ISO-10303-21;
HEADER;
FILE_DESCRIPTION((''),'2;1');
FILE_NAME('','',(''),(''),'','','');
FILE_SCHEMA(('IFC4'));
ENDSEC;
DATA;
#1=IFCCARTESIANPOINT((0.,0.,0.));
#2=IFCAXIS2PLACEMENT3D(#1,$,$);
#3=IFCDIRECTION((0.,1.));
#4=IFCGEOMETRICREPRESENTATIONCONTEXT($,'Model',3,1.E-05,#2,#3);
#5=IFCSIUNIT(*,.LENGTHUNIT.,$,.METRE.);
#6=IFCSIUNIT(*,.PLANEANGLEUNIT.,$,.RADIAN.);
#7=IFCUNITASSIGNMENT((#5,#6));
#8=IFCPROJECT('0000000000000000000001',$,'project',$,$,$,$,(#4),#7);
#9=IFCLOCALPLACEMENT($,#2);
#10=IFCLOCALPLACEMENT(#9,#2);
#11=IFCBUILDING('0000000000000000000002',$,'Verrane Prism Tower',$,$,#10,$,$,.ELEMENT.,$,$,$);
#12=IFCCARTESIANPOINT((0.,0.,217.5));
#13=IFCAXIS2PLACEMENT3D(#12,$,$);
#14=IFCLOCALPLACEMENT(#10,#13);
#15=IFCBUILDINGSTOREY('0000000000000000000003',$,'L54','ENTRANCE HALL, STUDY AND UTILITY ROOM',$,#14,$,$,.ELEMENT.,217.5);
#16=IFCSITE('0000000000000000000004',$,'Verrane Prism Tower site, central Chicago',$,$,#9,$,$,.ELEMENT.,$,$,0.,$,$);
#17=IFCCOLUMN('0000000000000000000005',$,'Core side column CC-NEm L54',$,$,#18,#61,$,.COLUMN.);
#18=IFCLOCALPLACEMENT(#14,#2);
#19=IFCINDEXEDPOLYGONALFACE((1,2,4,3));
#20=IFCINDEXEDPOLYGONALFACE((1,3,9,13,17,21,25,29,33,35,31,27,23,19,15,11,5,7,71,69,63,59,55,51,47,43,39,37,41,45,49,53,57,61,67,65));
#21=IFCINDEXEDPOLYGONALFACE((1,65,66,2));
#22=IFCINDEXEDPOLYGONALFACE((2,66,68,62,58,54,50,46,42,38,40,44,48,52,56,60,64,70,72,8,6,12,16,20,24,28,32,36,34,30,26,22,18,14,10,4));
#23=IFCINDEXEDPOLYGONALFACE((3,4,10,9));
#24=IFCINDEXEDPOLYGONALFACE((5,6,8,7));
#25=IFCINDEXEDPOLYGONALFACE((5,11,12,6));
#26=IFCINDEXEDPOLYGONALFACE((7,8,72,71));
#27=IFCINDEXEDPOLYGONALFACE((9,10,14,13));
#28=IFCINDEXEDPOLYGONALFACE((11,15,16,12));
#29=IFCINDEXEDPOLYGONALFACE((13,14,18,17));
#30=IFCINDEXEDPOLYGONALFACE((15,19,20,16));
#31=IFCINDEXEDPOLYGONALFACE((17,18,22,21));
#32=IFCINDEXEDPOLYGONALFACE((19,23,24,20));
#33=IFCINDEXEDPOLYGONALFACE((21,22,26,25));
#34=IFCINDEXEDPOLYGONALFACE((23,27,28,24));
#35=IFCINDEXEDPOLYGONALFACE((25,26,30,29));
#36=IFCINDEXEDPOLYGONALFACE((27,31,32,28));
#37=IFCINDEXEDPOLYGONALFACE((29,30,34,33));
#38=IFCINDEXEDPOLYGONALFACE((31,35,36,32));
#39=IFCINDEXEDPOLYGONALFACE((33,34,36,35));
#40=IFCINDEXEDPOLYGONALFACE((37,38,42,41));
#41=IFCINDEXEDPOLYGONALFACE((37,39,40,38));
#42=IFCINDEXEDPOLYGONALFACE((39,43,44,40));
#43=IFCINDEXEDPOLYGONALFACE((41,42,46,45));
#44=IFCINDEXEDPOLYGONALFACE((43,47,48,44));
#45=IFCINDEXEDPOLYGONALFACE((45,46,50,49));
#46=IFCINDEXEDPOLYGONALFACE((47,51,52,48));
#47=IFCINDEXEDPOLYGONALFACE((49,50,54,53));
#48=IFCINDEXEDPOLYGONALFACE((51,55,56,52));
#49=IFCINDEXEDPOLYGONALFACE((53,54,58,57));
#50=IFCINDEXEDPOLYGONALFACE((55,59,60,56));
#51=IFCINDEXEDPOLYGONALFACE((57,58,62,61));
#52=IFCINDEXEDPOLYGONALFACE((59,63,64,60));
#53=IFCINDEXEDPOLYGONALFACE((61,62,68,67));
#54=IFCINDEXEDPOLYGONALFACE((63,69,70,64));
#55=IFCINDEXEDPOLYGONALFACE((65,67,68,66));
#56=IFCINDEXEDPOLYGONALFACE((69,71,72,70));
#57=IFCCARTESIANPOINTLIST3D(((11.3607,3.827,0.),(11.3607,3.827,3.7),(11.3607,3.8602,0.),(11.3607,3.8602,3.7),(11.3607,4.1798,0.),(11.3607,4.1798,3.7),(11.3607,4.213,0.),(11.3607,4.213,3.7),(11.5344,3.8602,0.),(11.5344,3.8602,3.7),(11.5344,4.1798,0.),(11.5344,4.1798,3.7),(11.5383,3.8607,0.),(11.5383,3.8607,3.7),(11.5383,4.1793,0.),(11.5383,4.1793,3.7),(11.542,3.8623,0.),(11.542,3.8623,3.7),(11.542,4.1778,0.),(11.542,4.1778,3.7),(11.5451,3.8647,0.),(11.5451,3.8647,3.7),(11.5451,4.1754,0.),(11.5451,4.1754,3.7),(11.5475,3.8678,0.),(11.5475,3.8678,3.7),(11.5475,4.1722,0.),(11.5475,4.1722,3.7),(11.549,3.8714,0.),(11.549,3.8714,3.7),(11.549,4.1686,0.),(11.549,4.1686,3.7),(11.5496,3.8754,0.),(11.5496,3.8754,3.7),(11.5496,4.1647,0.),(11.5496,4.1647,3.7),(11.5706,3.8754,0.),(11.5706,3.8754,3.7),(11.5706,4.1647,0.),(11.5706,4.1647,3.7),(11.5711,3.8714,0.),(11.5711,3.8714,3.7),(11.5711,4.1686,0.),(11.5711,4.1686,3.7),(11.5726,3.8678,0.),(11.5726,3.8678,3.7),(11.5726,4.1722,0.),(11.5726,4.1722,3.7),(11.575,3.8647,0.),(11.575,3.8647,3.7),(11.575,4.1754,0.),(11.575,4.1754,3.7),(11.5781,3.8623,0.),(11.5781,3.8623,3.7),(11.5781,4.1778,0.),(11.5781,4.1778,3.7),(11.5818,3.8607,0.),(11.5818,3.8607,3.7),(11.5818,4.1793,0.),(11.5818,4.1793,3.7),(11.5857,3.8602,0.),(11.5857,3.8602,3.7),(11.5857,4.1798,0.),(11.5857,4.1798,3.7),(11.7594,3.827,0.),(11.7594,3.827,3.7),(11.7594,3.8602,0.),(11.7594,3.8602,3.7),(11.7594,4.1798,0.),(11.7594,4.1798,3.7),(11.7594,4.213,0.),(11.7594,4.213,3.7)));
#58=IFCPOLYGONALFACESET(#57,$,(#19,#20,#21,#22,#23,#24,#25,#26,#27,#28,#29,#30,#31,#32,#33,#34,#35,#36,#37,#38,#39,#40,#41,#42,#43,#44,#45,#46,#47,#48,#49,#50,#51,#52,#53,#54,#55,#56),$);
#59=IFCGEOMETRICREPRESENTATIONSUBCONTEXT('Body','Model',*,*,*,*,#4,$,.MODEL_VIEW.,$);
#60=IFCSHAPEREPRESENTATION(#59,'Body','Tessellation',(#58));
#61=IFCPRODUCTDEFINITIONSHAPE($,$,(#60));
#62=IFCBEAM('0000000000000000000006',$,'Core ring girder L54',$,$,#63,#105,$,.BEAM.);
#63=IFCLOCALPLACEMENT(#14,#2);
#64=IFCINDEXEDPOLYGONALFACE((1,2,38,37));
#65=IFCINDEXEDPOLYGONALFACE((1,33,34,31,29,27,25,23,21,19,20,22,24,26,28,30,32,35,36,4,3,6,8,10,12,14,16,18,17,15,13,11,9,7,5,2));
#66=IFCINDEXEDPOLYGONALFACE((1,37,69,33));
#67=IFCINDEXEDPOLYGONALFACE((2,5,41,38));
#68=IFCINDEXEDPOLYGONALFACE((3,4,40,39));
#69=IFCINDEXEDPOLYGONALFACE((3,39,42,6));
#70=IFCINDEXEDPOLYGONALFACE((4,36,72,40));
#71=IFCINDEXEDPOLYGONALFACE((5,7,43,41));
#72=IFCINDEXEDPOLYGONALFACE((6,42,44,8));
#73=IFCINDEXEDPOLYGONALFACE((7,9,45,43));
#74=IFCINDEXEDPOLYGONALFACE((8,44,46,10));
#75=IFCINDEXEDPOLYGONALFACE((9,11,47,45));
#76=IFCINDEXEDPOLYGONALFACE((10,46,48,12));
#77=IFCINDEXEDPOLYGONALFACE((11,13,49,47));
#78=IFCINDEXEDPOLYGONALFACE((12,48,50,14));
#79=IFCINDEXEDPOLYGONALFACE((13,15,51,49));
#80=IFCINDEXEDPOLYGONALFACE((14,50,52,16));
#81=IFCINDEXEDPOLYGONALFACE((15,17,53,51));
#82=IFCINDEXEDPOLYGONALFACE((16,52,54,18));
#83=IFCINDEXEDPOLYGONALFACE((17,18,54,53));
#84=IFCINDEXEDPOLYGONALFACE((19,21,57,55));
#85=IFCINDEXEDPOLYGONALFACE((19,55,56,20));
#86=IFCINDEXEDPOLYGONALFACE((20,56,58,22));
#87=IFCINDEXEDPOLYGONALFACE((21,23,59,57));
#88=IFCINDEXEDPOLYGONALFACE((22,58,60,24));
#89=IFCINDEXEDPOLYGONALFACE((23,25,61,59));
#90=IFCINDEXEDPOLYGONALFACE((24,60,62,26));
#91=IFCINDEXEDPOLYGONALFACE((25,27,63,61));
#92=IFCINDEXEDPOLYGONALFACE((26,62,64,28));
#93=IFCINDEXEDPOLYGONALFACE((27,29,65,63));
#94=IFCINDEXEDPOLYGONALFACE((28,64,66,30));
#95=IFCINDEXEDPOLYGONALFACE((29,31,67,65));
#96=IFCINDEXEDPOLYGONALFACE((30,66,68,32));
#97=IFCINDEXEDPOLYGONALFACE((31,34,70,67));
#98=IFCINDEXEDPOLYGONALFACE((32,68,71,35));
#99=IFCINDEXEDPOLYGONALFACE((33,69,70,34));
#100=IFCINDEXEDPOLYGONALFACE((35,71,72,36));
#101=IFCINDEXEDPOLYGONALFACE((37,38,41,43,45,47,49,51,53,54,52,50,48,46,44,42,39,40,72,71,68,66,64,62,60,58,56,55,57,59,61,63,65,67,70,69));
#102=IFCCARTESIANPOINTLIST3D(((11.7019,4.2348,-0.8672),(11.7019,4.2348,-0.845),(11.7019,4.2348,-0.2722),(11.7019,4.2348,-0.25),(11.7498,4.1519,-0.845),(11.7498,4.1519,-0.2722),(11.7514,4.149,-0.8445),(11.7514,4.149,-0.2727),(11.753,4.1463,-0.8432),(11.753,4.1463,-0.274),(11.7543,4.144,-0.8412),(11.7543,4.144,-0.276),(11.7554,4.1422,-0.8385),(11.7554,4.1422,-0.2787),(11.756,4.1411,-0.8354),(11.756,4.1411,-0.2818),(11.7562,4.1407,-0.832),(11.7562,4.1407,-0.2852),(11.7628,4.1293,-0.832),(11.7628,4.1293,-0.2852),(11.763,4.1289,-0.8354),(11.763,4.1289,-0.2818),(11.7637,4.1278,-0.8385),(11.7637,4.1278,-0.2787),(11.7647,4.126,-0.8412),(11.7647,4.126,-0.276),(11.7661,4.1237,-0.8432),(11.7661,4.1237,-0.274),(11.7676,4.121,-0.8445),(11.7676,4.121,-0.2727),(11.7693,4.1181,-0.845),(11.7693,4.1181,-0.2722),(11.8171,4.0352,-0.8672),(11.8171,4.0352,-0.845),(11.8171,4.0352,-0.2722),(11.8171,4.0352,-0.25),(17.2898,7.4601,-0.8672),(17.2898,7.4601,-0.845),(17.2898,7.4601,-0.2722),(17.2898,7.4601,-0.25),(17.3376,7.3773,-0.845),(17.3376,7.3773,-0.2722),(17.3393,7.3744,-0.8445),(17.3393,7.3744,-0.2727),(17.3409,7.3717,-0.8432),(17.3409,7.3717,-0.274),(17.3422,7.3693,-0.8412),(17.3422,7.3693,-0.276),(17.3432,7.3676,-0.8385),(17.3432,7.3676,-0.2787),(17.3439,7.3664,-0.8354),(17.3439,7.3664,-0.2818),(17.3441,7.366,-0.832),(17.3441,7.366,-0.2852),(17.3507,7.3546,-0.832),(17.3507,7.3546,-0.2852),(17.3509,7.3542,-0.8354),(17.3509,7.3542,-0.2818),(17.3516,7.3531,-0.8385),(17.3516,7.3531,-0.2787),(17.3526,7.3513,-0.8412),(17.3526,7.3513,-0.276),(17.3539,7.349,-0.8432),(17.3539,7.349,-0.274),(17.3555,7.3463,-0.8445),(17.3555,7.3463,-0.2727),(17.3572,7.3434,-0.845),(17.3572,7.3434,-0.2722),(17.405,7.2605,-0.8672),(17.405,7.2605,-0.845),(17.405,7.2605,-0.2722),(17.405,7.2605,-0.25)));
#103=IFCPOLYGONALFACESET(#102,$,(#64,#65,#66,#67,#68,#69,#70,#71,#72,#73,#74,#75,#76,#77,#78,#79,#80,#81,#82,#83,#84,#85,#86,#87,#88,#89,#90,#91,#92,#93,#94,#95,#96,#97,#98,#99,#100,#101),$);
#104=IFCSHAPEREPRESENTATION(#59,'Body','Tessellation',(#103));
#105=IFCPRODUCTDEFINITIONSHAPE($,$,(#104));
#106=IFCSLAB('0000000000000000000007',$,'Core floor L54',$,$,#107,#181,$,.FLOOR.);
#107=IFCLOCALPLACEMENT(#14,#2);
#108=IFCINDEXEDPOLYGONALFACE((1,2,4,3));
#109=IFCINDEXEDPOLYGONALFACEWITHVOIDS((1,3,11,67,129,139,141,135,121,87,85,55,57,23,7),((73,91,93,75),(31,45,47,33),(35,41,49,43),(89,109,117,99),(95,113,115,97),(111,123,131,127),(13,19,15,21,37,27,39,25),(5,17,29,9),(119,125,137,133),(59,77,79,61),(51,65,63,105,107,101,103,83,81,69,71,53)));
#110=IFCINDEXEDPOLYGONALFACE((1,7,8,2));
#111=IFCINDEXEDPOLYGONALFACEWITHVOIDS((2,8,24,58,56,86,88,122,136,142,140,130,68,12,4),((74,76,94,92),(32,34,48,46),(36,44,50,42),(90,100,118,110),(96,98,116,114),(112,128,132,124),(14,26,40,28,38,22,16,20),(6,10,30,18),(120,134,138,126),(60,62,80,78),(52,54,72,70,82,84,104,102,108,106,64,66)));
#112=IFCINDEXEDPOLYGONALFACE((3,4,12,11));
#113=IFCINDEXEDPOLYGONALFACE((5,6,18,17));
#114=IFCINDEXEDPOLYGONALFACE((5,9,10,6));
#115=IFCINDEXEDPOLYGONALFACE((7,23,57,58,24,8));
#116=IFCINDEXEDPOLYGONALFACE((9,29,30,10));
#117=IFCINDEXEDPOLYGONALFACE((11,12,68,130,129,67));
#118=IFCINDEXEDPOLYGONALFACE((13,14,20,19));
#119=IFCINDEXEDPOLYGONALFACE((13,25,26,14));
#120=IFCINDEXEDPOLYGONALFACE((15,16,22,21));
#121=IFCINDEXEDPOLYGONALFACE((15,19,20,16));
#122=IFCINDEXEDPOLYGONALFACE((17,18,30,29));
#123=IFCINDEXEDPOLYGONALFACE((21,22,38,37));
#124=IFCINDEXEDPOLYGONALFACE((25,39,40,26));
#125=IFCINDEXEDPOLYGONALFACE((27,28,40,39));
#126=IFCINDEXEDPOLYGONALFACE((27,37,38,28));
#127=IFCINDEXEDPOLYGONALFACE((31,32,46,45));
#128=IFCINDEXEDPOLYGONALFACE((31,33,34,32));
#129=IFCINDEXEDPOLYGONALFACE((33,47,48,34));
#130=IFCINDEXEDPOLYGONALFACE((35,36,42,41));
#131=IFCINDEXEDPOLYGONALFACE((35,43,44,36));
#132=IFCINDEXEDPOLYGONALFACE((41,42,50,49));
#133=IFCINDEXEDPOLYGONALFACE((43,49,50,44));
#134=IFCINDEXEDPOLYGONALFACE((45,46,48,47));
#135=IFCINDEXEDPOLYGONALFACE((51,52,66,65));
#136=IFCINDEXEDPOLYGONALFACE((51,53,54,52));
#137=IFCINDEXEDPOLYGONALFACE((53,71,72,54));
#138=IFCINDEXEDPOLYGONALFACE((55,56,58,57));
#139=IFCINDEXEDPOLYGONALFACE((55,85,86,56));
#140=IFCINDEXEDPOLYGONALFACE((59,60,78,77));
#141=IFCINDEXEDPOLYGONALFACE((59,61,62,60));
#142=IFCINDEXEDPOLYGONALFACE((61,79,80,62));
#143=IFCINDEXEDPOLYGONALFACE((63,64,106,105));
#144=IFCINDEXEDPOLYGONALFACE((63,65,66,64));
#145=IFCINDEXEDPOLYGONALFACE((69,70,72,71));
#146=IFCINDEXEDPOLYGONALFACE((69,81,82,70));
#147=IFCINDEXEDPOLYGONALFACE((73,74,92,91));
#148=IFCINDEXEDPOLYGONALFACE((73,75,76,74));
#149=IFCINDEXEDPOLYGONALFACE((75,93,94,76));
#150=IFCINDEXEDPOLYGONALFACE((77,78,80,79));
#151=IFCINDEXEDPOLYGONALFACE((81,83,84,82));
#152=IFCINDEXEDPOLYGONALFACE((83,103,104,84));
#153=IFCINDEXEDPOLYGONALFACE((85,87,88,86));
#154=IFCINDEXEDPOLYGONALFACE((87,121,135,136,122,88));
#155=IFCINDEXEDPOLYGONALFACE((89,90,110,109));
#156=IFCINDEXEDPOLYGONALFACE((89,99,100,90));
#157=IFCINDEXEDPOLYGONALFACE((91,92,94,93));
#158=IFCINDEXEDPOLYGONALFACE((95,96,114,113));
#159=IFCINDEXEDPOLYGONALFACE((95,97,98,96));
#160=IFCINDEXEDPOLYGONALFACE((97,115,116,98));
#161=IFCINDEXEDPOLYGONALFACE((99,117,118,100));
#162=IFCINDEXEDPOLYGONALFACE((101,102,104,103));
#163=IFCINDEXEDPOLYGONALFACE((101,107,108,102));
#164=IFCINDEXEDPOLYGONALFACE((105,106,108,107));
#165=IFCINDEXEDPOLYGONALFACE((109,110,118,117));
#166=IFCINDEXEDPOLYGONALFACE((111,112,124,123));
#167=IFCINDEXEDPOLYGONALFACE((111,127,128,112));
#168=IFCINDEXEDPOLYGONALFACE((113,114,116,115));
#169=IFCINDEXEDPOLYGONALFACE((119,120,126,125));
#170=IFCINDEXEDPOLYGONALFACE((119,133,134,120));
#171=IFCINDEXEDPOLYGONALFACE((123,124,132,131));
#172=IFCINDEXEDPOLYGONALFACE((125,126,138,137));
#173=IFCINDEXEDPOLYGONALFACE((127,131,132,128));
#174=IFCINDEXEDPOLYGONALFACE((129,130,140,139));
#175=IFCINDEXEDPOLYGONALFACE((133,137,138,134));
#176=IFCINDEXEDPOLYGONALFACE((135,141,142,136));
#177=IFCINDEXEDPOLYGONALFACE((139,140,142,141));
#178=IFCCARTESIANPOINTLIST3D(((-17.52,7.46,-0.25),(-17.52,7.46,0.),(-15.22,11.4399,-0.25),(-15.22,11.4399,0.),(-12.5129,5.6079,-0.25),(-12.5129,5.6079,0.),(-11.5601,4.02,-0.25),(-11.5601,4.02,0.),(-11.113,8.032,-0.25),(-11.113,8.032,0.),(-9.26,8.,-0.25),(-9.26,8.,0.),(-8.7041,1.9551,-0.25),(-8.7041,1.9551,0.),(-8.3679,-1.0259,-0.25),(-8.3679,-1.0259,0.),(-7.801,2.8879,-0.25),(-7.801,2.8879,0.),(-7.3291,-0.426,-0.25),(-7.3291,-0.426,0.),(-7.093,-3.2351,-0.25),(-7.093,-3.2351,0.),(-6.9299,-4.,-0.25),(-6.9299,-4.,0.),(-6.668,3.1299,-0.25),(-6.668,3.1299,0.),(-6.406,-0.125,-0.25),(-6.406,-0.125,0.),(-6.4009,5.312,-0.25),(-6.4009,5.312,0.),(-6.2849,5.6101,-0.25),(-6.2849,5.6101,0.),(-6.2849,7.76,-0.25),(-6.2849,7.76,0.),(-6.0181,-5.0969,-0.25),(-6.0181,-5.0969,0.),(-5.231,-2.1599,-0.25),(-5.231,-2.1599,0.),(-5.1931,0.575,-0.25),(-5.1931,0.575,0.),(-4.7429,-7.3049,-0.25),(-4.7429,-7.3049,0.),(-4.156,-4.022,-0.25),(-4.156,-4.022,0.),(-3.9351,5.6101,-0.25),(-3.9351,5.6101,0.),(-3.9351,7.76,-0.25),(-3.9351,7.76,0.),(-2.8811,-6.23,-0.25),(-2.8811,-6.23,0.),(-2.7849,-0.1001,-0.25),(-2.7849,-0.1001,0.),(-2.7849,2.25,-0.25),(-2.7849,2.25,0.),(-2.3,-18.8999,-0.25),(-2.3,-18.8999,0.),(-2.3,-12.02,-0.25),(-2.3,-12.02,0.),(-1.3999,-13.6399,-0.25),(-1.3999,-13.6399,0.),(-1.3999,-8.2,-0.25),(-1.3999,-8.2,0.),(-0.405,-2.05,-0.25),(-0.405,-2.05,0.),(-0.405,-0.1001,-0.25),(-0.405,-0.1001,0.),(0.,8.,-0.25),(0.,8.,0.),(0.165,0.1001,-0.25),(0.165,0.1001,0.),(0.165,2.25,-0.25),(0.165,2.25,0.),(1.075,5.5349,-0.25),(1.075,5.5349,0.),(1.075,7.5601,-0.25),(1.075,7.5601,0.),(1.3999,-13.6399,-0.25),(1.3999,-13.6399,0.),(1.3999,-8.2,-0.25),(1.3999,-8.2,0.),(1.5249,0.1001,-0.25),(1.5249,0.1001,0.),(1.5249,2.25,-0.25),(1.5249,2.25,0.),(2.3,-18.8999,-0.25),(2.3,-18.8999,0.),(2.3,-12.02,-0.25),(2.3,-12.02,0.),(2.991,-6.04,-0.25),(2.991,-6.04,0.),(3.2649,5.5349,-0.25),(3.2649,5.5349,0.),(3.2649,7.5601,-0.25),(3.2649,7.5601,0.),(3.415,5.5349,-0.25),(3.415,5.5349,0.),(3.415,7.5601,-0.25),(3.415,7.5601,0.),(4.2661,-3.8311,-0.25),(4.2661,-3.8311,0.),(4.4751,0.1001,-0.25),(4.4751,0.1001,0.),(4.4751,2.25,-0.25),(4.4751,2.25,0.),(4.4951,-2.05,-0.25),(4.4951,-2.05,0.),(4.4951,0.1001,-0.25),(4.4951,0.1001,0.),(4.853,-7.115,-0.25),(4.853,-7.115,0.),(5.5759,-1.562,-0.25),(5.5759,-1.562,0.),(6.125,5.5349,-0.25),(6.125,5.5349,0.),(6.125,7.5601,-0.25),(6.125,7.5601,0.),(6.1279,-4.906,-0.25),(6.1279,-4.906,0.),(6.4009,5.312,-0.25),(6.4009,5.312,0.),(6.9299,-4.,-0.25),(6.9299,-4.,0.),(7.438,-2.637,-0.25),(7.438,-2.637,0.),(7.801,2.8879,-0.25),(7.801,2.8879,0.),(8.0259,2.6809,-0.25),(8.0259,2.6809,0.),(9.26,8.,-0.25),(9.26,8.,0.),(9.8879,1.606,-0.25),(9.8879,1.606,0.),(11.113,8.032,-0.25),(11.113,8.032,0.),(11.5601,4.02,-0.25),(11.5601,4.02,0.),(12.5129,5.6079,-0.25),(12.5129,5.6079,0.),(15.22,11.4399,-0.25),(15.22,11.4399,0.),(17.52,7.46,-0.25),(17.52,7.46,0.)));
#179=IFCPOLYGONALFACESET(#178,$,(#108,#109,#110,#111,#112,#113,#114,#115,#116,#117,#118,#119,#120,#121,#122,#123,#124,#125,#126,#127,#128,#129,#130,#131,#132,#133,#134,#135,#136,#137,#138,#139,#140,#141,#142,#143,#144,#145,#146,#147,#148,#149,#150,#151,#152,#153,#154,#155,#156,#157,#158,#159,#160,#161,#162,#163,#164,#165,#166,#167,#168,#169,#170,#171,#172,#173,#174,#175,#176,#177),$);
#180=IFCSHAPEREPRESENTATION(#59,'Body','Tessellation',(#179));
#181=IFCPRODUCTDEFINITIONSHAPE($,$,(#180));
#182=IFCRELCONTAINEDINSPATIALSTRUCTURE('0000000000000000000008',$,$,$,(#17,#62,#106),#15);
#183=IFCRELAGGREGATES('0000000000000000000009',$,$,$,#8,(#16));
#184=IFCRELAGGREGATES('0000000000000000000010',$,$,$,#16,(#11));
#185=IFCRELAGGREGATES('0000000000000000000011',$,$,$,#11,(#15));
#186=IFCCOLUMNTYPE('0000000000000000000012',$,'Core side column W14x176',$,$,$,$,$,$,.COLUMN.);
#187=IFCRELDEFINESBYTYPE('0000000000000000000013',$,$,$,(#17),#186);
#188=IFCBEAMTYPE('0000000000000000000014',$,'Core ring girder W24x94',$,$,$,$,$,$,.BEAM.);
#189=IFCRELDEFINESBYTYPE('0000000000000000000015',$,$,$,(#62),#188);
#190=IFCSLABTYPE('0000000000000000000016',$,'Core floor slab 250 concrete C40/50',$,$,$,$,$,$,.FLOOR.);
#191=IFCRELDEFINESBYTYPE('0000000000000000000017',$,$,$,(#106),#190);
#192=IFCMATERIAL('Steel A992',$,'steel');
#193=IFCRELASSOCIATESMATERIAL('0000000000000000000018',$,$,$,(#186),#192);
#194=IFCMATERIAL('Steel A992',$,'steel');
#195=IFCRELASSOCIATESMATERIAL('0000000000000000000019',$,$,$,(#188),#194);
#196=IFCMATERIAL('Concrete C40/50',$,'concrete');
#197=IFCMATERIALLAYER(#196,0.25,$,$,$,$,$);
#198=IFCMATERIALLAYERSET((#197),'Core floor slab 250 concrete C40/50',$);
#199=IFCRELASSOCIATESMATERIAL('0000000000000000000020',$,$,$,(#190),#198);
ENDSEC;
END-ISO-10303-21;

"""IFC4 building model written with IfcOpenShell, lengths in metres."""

from ifc_helpers import new_model, si_unit, direction, frame, origin, origin_2d, place, context, subcontext, project, spatial, polyline, i_section, outline, extrude, material, layer, layer_set, material_profile, profile_set, type_object, element, save


model = new_model("IFC4")

# Units and contexts
model_context = context("Model", 3, precision=1e-05, world=origin(), true_north=direction((0.0, 1.0)))
body_context = subcontext(model_context, "Body", "Model", "MODEL_VIEW")
ifc_project = project(units=[si_unit("LENGTHUNIT", "METRE"), si_unit("PLANEANGLEUNIT", "RADIAN")], contexts=[model_context])

# Site, building, storey
site_placement = place(None, origin())
site = spatial("IfcSite", under=ifc_project, at=site_placement, Name="Verrane Prism Tower site, central Chicago", CompositionType="ELEMENT", RefElevation=0.0)
building_placement = place(site_placement, origin())
building = spatial("IfcBuilding", under=site, at=building_placement, Name="Verrane Prism Tower", CompositionType="ELEMENT")
storey_placement = place(building_placement, frame((0.0, 0.0, 217.5)))
storey = spatial("IfcBuildingStorey", under=building, at=storey_placement, Name="L54", Description="ENTRANCE HALL, STUDY AND UTILITY ROOM", CompositionType="ELEMENT", Elevation=217.5)

# Column
ifc_material_1 = material(Name="Steel A992", Category="steel")
ifc_material_profile_1 = material_profile(ifc_material_1, i_section(OverallWidth=0.3987, OverallDepth=0.386, WebThickness=0.021, FlangeThickness=0.0332, FilletRadius=0.0151, at=origin_2d()), Name="W14x176")
ifc_profile_set_1 = profile_set([ifc_material_profile_1], Name="Steel A992")
column_type = type_object("IfcColumnType", Name="Core side column W14x176", PredefinedType="COLUMN", material=ifc_profile_set_1)
column_placement = place(storey_placement, frame((11.5601, 4.02, 0.0), z_axis=(0.0, 0.0, 1.0), x_axis=(1.0, 0.0, 0.0)))
element("IfcColumn", 1, at=column_placement, inside=storey, type_object=column_type, Name="Core side column CC-NEm L54", PredefinedType="COLUMN", context=body_context, shape_type="SweptSolid", body=[
    extrude(i_section(OverallWidth=0.3987, OverallDepth=0.386, WebThickness=0.021, FlangeThickness=0.0332, FilletRadius=0.0151, at=origin_2d()), origin(), (0.0, 0.0, 1.0), 3.7),
])

# Beam
ifc_material_2 = material(Name="Steel A992", Category="steel")
ifc_material_profile_2 = material_profile(ifc_material_2, i_section(OverallWidth=0.2305, OverallDepth=0.6172, WebThickness=0.0132, FlangeThickness=0.0222, FilletRadius=0.0129, at=origin_2d()), Name="W24x94")
ifc_profile_set_2 = profile_set([ifc_material_profile_2], Name="Steel A992")
beam_type = type_object("IfcBeamType", Name="Core ring girder W24x94", PredefinedType="BEAM", material=ifc_profile_set_2)
beam_placement = place(storey_placement, frame((11.7595, 4.135, -0.5586), z_axis=(0.866081, 0.499904, 0.0), x_axis=(-0.499904, 0.866081, 0.0)))
element("IfcBeam", 2, at=beam_placement, inside=storey, type_object=beam_type, Name="Core ring girder L54", PredefinedType="BEAM", context=body_context, shape_type="SweptSolid", body=[
    extrude(i_section(OverallWidth=0.2305, OverallDepth=0.6172, WebThickness=0.0132, FlangeThickness=0.0222, FilletRadius=0.0129, at=origin_2d()), origin(), (0.0, 0.0, 1.0), 6.4519),
])

# Slab
ifc_material_3 = material(Name="Concrete C40/50", Category="concrete")
ifc_layer_1 = layer(ifc_material_3, 0.25)
ifc_layer_set_1 = layer_set([ifc_layer_1], Name="Core floor slab 250 concrete C40/50")
slab_type_1 = type_object("IfcSlabType", Name="Core floor slab 250 concrete C40/50", PredefinedType="FLOOR", material=ifc_layer_set_1)
slab_1_placement = place(storey_placement, frame((0.0, 0.0, -0.25)))
element("IfcSlab", 3, at=slab_1_placement, inside=storey, type_object=slab_type_1, Name="Core floor L54", PredefinedType="FLOOR", context=body_context, shape_type="SweptSolid", body=[
    extrude(outline(polyline([(11.5601, 4.02), (17.52, 7.46), (15.22, 11.4399), (9.26, 8.0), (0.0, 8.0), (-9.26, 8.0), (-15.22, 11.4399), (-17.52, 7.46), (-11.5601, 4.02), (-6.9299, -4.0), (-2.3, -12.02), (-2.3, -18.8999), (2.3, -18.8999), (2.3, -12.02), (6.9299, -4.0), (11.5601, 4.02)]), holes=[polyline([(1.3999, -8.2), (1.3999, -13.6399), (-1.3999, -13.6399), (-1.3999, -8.2), (1.3999, -8.2)]), polyline([(-2.8811, -6.23), (-4.7429, -7.3049), (-6.0181, -5.0969), (-4.156, -4.022), (-2.8811, -6.23)]), polyline([(-7.801, 2.8879), (-12.5129, 5.6079), (-11.113, 8.032), (-6.4009, 5.312), (-7.801, 2.8879)]), polyline([(-6.2849, 5.6101), (-6.2849, 7.76), (-3.9351, 7.76), (-3.9351, 5.6101), (-6.2849, 5.6101)]), polyline([(4.2661, -3.8311), (6.1279, -4.906), (4.853, -7.115), (2.991, -6.04), (4.2661, -3.8311)]), polyline([(7.438, -2.637), (5.5759, -1.562), (8.0259, 2.6809), (9.8879, 1.606), (7.438, -2.637)]), polyline([(0.165, 0.1001), (1.5249, 0.1001), (1.5249, 2.25), (4.4751, 2.25), (4.4751, 0.1001), (4.4951, 0.1001), (4.4951, -2.05), (-0.405, -2.05), (-0.405, -0.1001), (-2.7849, -0.1001), (-2.7849, 2.25), (0.165, 2.25), (0.165, 0.1001)]), polyline([(6.4009, 5.312), (11.113, 8.032), (12.5129, 5.6079), (7.801, 2.8879), (6.4009, 5.312)]), polyline([(1.075, 5.5349), (1.075, 7.5601), (3.2649, 7.5601), (3.2649, 5.5349), (1.075, 5.5349)]), polyline([(3.415, 7.5601), (6.125, 7.5601), (6.125, 5.5349), (3.415, 5.5349), (3.415, 7.5601)]), polyline([(-5.231, -2.1599), (-7.093, -3.2351), (-8.3679, -1.0259), (-7.3291, -0.426), (-8.7041, 1.9551), (-6.668, 3.1299), (-5.1931, 0.575), (-6.406, -0.125), (-5.231, -2.1599)])]), origin(), (0.0, 0.0, 1.0), 0.25),
])

save(model, "model.ifc")
